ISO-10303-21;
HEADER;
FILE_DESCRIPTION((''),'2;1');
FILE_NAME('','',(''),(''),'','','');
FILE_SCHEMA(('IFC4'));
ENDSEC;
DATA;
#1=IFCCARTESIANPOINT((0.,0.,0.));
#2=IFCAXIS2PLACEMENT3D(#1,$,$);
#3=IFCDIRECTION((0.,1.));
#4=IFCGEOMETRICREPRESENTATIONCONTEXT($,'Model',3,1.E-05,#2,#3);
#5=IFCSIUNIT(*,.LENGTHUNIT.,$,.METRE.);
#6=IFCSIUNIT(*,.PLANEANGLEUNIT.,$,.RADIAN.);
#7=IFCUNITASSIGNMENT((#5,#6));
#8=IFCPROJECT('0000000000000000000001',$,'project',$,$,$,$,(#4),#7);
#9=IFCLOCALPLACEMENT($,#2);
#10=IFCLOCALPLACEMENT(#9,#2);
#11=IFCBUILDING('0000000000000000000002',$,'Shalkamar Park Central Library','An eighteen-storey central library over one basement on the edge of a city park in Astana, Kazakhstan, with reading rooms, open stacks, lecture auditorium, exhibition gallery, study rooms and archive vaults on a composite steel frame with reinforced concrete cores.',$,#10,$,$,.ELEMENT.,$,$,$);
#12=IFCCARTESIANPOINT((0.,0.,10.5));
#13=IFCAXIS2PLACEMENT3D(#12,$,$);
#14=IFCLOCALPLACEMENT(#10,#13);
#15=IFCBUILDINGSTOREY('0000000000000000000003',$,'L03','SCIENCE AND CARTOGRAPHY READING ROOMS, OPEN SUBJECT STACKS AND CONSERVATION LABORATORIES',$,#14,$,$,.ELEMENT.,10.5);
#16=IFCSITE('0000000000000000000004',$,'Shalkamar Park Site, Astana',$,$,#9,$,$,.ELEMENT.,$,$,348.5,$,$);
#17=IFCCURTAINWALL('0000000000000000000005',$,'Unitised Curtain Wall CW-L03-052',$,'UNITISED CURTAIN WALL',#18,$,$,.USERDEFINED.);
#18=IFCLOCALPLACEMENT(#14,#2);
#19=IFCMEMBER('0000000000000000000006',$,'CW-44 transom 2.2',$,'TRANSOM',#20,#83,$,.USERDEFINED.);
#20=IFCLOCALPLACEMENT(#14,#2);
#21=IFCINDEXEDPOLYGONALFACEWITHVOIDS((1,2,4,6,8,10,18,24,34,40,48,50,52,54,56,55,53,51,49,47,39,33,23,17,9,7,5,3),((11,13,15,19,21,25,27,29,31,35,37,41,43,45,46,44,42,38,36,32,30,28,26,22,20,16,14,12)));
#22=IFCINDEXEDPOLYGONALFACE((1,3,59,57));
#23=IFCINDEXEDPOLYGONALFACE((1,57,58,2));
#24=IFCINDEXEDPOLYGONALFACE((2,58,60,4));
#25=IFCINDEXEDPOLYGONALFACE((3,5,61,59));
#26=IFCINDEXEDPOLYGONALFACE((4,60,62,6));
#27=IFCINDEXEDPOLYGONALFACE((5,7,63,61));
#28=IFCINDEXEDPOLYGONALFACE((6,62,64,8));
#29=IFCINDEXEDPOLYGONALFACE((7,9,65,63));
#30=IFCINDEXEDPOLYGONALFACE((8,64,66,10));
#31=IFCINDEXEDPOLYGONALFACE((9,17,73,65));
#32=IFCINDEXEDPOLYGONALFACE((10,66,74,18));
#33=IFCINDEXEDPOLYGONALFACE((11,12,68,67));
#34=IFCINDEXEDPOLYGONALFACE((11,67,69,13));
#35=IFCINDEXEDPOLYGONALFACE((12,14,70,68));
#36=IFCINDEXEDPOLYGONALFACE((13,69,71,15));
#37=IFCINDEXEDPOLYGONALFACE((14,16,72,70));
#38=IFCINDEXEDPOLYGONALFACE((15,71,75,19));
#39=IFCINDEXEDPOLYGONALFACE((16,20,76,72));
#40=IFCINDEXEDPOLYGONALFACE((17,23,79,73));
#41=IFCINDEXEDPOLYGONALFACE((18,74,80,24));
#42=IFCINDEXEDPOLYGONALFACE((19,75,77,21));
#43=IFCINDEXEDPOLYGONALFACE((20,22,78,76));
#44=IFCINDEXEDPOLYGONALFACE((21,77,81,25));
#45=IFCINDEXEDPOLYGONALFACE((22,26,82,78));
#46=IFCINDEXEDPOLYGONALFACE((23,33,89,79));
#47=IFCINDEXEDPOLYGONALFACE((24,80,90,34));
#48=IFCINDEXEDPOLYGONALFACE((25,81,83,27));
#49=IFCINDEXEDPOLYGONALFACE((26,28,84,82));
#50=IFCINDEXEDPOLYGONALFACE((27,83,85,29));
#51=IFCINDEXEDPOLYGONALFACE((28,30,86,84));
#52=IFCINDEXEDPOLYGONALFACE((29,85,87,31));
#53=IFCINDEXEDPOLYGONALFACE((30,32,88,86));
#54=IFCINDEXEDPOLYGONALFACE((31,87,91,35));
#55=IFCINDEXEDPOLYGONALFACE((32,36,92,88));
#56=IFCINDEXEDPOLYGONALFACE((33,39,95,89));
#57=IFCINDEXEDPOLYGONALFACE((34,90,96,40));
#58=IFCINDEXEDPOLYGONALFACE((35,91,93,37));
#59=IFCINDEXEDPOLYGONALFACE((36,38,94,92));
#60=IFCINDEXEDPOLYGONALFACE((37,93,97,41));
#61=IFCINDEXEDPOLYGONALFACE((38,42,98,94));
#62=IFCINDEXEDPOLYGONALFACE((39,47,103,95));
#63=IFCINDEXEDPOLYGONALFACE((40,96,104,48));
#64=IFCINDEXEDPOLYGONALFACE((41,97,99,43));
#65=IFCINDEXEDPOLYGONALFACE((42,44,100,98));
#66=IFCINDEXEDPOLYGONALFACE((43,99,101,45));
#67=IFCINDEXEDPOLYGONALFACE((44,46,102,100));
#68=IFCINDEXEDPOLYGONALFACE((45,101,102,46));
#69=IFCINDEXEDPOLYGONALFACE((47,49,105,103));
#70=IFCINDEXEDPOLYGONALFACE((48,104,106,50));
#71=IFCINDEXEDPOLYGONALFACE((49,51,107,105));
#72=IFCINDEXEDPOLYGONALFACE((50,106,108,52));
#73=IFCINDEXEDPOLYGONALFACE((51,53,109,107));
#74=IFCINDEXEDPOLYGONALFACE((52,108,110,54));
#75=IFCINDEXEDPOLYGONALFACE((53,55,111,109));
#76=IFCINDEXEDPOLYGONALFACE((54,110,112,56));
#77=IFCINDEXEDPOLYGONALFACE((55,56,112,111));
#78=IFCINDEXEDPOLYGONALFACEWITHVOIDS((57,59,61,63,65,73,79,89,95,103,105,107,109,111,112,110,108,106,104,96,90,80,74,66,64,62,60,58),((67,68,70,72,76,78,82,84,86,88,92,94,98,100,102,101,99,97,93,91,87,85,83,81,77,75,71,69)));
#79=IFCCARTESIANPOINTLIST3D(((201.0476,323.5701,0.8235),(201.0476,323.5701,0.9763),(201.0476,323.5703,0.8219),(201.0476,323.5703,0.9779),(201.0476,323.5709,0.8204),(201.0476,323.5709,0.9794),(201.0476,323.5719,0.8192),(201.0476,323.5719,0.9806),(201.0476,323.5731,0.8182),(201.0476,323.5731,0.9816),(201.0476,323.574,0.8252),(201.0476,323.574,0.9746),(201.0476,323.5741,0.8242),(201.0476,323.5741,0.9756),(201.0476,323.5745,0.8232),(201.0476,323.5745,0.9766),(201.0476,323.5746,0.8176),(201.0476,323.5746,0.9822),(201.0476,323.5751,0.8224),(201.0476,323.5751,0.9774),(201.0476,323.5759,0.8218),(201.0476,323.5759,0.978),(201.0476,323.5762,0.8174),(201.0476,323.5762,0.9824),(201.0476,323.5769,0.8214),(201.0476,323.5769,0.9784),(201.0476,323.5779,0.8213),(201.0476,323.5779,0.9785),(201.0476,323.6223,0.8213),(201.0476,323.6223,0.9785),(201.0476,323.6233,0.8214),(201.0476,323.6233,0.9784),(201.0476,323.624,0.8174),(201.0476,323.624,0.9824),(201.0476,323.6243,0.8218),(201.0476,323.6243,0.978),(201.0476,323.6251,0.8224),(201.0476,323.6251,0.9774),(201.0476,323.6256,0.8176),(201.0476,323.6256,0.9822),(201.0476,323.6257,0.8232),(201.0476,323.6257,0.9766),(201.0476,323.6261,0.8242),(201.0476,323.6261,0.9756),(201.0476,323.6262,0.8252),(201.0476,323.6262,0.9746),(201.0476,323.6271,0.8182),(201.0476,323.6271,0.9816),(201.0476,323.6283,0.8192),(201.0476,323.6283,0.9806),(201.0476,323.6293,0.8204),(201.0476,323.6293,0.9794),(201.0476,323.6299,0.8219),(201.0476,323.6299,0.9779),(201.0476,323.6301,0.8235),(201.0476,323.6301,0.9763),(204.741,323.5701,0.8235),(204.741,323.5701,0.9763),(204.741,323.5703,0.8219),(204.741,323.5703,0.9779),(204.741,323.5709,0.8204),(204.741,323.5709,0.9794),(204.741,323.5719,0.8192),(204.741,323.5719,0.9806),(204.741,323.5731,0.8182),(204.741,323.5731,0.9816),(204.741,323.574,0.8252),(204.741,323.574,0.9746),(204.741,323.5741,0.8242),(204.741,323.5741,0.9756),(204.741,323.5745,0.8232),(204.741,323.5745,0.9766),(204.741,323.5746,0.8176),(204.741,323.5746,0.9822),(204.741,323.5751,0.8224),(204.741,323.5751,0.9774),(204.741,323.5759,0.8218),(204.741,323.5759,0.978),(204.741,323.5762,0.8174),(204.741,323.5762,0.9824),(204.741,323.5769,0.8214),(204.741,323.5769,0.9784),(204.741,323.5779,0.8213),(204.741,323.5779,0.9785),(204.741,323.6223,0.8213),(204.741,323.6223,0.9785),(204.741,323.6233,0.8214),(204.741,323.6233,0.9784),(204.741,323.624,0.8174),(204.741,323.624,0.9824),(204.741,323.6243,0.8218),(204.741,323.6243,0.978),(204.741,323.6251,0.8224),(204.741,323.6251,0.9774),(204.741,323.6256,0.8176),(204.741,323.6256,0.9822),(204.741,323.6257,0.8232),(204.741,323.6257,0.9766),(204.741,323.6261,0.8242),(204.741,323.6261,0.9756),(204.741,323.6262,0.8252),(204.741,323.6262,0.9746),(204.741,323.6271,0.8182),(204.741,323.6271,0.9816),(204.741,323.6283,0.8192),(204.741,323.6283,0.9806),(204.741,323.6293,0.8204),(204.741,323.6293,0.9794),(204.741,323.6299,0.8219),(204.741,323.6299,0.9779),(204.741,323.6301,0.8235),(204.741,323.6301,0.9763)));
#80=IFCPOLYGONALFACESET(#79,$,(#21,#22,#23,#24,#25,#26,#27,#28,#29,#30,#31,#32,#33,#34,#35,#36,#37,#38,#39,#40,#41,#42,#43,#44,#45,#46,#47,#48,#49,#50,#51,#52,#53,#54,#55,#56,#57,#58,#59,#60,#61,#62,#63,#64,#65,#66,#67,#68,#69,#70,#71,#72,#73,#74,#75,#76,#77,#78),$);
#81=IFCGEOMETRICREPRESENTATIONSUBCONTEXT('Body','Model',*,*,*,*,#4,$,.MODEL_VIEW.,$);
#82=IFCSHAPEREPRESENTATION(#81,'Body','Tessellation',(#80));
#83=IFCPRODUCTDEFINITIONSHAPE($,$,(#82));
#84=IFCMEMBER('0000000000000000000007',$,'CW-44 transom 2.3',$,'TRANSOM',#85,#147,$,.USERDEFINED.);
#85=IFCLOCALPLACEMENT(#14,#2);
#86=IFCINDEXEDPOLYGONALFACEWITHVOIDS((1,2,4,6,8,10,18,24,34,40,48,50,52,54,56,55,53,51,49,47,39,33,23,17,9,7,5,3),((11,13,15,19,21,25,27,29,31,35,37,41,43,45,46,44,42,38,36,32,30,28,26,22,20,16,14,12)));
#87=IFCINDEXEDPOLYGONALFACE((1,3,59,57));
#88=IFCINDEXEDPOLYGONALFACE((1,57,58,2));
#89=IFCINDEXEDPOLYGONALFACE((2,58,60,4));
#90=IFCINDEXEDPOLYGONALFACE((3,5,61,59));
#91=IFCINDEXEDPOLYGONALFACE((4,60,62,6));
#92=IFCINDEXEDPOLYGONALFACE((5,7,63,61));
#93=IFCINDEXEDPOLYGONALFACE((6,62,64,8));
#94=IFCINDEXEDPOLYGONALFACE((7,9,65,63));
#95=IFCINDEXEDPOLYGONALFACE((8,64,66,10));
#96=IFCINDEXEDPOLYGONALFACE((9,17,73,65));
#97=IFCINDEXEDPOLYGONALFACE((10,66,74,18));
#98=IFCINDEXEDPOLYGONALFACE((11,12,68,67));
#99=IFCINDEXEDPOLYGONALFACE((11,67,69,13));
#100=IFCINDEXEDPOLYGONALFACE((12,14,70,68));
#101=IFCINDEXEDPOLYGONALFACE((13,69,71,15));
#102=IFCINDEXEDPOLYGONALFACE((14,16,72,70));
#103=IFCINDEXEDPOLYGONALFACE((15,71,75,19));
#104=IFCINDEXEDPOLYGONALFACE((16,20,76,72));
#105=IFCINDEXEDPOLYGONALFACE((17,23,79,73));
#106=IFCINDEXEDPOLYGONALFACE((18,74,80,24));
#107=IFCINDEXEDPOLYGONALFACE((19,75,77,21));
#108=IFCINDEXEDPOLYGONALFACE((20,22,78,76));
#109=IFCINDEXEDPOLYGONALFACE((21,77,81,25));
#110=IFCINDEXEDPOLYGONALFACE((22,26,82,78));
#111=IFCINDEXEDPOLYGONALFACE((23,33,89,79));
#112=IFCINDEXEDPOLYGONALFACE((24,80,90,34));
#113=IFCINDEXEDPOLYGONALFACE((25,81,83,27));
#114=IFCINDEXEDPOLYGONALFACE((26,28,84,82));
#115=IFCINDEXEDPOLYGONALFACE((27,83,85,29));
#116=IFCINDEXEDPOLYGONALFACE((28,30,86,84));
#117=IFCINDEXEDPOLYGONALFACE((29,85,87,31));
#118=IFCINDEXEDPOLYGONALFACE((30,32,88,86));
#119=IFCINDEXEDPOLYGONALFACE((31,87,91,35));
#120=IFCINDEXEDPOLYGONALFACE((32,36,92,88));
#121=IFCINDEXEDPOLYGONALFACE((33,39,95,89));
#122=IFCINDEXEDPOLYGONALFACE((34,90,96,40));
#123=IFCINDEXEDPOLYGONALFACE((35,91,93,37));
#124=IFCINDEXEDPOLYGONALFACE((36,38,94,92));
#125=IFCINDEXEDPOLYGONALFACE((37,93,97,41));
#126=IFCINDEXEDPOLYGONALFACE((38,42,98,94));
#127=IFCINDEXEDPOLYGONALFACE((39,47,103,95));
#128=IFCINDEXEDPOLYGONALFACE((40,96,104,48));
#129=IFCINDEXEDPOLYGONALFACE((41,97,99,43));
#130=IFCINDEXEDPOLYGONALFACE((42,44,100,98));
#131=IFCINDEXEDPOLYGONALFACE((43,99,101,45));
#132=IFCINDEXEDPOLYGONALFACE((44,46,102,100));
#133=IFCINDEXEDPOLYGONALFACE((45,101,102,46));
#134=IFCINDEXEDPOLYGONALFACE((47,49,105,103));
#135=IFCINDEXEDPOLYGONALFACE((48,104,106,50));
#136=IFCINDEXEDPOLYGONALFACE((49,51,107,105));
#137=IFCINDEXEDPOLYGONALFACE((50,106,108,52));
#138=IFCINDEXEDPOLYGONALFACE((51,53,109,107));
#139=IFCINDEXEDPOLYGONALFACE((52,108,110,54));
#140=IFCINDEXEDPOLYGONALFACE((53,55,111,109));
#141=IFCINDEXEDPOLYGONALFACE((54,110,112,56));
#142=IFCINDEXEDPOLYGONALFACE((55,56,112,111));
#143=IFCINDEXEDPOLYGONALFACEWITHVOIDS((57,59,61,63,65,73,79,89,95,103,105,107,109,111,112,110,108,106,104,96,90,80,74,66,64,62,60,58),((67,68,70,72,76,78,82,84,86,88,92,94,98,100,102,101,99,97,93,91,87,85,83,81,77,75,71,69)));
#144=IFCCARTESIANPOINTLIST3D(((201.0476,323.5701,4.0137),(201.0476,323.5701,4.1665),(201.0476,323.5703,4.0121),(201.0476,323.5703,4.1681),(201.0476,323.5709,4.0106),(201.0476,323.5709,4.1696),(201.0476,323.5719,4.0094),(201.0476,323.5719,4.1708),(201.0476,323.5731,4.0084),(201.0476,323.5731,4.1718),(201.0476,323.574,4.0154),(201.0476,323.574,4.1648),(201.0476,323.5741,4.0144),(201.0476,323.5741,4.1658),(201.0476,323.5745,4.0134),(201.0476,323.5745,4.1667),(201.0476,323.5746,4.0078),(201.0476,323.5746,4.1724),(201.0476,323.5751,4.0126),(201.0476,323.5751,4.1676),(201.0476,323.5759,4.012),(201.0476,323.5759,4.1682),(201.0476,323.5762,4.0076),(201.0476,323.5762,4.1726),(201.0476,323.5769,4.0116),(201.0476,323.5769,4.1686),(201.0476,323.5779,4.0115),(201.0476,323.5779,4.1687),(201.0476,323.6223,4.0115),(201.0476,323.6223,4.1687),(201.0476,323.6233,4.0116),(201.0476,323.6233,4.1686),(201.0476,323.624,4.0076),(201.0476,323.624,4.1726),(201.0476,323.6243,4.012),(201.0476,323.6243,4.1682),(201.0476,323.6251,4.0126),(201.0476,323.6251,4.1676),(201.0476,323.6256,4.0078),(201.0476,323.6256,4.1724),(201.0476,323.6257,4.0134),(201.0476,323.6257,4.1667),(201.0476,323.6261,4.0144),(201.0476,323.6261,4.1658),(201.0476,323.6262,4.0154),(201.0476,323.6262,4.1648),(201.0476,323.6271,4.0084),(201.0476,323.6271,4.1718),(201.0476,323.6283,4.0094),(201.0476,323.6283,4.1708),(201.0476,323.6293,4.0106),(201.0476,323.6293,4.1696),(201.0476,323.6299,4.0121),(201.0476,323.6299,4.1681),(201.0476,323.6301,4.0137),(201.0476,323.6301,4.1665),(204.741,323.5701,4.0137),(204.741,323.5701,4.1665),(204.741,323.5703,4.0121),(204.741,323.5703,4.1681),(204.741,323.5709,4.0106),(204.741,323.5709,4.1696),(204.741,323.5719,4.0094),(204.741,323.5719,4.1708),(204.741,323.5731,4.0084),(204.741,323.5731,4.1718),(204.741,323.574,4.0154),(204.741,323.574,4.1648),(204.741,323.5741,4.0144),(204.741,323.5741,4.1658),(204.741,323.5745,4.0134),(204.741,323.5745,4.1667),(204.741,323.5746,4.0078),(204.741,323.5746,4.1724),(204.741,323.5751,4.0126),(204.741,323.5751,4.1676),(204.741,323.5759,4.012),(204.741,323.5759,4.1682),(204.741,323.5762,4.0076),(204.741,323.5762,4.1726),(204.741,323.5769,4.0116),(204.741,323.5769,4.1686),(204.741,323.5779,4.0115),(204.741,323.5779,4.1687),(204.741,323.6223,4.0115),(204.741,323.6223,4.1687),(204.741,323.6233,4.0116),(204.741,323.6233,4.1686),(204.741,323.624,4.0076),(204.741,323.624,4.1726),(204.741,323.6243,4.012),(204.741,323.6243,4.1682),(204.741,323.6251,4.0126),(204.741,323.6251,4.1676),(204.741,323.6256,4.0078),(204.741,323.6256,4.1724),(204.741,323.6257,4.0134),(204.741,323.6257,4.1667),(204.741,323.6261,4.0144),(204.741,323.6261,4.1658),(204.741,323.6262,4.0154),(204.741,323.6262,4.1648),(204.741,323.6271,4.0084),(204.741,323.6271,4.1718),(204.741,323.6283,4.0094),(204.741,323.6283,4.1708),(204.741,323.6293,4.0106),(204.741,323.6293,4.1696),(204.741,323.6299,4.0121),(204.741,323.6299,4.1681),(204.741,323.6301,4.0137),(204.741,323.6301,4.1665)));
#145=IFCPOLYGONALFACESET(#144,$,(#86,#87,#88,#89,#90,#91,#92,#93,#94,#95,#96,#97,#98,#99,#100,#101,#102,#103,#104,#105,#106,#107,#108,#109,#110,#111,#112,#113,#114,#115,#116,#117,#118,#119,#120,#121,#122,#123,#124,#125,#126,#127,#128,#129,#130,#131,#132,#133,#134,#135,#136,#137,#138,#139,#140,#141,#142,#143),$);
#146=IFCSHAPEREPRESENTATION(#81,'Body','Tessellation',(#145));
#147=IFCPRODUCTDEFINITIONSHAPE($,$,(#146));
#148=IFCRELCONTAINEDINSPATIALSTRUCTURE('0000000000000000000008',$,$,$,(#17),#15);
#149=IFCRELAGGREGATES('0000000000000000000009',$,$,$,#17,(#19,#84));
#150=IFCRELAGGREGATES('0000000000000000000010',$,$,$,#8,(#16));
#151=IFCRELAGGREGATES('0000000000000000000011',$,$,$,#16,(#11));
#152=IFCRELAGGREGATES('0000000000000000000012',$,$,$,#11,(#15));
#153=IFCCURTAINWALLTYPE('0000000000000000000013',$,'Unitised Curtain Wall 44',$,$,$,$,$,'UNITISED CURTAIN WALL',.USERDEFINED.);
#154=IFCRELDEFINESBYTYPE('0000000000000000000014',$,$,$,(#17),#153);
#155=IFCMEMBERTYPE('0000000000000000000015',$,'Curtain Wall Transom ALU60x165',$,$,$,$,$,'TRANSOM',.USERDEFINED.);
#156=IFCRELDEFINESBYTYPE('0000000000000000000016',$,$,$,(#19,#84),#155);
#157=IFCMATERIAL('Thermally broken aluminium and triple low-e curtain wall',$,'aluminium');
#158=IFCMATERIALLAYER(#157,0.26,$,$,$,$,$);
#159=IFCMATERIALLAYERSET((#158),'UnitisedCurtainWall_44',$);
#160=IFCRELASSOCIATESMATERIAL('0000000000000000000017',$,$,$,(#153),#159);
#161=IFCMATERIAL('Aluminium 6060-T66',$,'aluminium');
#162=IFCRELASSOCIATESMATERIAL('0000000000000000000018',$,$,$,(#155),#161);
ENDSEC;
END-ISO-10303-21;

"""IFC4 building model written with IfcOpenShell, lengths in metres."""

from ifc_helpers import new_model, si_unit, direction, frame, origin, origin_2d, place, context, subcontext, project, spatial, hollow_rectangle, extrude, material, layer, layer_set, material_profile, profile_set, type_object, element, aggregate, save


model = new_model("IFC4")

# Units and contexts
model_context = context("Model", 3, precision=1e-05, world=origin(), true_north=direction((0.0, 1.0)))
body_context = subcontext(model_context, "Body", "Model", "MODEL_VIEW")
ifc_project = project(units=[si_unit("LENGTHUNIT", "METRE"), si_unit("PLANEANGLEUNIT", "RADIAN")], contexts=[model_context])

# Site, building, storey
site_placement = place(None, origin())
site = spatial("IfcSite", under=ifc_project, at=site_placement, Name="Shalkamar Park Site, Astana", CompositionType="ELEMENT", RefElevation=348.5)
building_placement = place(site_placement, origin())
building = spatial("IfcBuilding", under=site, at=building_placement, Name="Shalkamar Park Central Library", Description="An eighteen-storey central library over one basement on the edge of a city park in Astana, Kazakhstan, with reading rooms, open stacks, lecture auditorium, exhibition gallery, study rooms and archive vaults on a composite steel frame with reinforced concrete cores.", CompositionType="ELEMENT")
storey_placement = place(building_placement, frame((0.0, 0.0, 10.5)))
storey = spatial("IfcBuildingStorey", under=building, at=storey_placement, Name="L03", Description="SCIENCE AND CARTOGRAPHY READING ROOMS, OPEN SUBJECT STACKS AND CONSERVATION LABORATORIES", CompositionType="ELEMENT", Elevation=10.5)

# Shared definitions
ifc_material_1 = material(Name="Thermally broken aluminium and triple low-e curtain wall", Category="aluminium")
ifc_material_2 = material(Name="Aluminium 6060-T66", Category="aluminium")

# Curtain wall, members
ifc_layer_1 = layer(ifc_material_1, 0.26)
ifc_layer_set_1 = layer_set([ifc_layer_1], Name="UnitisedCurtainWall_44")
curtain_wall_type_1 = type_object("IfcCurtainWallType", Name="Unitised Curtain Wall 44", ElementType="UNITISED CURTAIN WALL", PredefinedType="USERDEFINED", material=ifc_layer_set_1)
curtain_wall_1_placement = place(storey_placement, origin())
curtain_wall_1 = element("IfcCurtainWall", 1, at=curtain_wall_1_placement, inside=storey, type_object=curtain_wall_type_1, Name="Unitised Curtain Wall CW-L03-052", ObjectType="UNITISED CURTAIN WALL", PredefinedType="USERDEFINED")
ifc_material_profile_1 = material_profile(ifc_material_2, hollow_rectangle(XDim=0.0601, YDim=0.165, WallThickness=0.0039, InnerFilletRadius=0.0039, OuterFilletRadius=0.0061, at=origin_2d()), Name="ALU 60x165x4")
ifc_profile_set_1 = profile_set([ifc_material_profile_1], Name="Aluminium 6060-T66")
member_type_1 = type_object("IfcMemberType", Name="Curtain Wall Transom ALU60x165", ElementType="TRANSOM", PredefinedType="USERDEFINED", material=ifc_profile_set_1)
member_1_placement = place(storey_placement, frame((201.0476, 323.6001, 0.8999), z_axis=(1.0, 0.0, 0.0), x_axis=(0.0, 1.0, 0.0)))
member_1 = element("IfcMember", 2, at=member_1_placement, type_object=member_type_1, Name="CW-44 transom 2.2", ObjectType="TRANSOM", PredefinedType="USERDEFINED", context=body_context, shape_type="SweptSolid", body=[
    extrude(hollow_rectangle(XDim=0.0601, YDim=0.165, WallThickness=0.0039, InnerFilletRadius=0.0039, OuterFilletRadius=0.0061, at=origin_2d()), origin(), (0.0, 0.0, 1.0), 3.6934),
])
member_2_placement = place(storey_placement, frame((201.0476, 323.6001, 4.0901), z_axis=(1.0, 0.0, 0.0), x_axis=(0.0, 1.0, 0.0)))
member_2 = element("IfcMember", 3, at=member_2_placement, type_object=member_type_1, Name="CW-44 transom 2.3", ObjectType="TRANSOM", PredefinedType="USERDEFINED", context=body_context, shape_type="SweptSolid", body=[
    extrude(hollow_rectangle(XDim=0.0601, YDim=0.165, WallThickness=0.0039, InnerFilletRadius=0.0039, OuterFilletRadius=0.0061, at=origin_2d()), origin(), (0.0, 0.0, 1.0), 3.6934),
])

aggregate(curtain_wall_1, [member_1, member_2])

save(model, "model.ifc")
